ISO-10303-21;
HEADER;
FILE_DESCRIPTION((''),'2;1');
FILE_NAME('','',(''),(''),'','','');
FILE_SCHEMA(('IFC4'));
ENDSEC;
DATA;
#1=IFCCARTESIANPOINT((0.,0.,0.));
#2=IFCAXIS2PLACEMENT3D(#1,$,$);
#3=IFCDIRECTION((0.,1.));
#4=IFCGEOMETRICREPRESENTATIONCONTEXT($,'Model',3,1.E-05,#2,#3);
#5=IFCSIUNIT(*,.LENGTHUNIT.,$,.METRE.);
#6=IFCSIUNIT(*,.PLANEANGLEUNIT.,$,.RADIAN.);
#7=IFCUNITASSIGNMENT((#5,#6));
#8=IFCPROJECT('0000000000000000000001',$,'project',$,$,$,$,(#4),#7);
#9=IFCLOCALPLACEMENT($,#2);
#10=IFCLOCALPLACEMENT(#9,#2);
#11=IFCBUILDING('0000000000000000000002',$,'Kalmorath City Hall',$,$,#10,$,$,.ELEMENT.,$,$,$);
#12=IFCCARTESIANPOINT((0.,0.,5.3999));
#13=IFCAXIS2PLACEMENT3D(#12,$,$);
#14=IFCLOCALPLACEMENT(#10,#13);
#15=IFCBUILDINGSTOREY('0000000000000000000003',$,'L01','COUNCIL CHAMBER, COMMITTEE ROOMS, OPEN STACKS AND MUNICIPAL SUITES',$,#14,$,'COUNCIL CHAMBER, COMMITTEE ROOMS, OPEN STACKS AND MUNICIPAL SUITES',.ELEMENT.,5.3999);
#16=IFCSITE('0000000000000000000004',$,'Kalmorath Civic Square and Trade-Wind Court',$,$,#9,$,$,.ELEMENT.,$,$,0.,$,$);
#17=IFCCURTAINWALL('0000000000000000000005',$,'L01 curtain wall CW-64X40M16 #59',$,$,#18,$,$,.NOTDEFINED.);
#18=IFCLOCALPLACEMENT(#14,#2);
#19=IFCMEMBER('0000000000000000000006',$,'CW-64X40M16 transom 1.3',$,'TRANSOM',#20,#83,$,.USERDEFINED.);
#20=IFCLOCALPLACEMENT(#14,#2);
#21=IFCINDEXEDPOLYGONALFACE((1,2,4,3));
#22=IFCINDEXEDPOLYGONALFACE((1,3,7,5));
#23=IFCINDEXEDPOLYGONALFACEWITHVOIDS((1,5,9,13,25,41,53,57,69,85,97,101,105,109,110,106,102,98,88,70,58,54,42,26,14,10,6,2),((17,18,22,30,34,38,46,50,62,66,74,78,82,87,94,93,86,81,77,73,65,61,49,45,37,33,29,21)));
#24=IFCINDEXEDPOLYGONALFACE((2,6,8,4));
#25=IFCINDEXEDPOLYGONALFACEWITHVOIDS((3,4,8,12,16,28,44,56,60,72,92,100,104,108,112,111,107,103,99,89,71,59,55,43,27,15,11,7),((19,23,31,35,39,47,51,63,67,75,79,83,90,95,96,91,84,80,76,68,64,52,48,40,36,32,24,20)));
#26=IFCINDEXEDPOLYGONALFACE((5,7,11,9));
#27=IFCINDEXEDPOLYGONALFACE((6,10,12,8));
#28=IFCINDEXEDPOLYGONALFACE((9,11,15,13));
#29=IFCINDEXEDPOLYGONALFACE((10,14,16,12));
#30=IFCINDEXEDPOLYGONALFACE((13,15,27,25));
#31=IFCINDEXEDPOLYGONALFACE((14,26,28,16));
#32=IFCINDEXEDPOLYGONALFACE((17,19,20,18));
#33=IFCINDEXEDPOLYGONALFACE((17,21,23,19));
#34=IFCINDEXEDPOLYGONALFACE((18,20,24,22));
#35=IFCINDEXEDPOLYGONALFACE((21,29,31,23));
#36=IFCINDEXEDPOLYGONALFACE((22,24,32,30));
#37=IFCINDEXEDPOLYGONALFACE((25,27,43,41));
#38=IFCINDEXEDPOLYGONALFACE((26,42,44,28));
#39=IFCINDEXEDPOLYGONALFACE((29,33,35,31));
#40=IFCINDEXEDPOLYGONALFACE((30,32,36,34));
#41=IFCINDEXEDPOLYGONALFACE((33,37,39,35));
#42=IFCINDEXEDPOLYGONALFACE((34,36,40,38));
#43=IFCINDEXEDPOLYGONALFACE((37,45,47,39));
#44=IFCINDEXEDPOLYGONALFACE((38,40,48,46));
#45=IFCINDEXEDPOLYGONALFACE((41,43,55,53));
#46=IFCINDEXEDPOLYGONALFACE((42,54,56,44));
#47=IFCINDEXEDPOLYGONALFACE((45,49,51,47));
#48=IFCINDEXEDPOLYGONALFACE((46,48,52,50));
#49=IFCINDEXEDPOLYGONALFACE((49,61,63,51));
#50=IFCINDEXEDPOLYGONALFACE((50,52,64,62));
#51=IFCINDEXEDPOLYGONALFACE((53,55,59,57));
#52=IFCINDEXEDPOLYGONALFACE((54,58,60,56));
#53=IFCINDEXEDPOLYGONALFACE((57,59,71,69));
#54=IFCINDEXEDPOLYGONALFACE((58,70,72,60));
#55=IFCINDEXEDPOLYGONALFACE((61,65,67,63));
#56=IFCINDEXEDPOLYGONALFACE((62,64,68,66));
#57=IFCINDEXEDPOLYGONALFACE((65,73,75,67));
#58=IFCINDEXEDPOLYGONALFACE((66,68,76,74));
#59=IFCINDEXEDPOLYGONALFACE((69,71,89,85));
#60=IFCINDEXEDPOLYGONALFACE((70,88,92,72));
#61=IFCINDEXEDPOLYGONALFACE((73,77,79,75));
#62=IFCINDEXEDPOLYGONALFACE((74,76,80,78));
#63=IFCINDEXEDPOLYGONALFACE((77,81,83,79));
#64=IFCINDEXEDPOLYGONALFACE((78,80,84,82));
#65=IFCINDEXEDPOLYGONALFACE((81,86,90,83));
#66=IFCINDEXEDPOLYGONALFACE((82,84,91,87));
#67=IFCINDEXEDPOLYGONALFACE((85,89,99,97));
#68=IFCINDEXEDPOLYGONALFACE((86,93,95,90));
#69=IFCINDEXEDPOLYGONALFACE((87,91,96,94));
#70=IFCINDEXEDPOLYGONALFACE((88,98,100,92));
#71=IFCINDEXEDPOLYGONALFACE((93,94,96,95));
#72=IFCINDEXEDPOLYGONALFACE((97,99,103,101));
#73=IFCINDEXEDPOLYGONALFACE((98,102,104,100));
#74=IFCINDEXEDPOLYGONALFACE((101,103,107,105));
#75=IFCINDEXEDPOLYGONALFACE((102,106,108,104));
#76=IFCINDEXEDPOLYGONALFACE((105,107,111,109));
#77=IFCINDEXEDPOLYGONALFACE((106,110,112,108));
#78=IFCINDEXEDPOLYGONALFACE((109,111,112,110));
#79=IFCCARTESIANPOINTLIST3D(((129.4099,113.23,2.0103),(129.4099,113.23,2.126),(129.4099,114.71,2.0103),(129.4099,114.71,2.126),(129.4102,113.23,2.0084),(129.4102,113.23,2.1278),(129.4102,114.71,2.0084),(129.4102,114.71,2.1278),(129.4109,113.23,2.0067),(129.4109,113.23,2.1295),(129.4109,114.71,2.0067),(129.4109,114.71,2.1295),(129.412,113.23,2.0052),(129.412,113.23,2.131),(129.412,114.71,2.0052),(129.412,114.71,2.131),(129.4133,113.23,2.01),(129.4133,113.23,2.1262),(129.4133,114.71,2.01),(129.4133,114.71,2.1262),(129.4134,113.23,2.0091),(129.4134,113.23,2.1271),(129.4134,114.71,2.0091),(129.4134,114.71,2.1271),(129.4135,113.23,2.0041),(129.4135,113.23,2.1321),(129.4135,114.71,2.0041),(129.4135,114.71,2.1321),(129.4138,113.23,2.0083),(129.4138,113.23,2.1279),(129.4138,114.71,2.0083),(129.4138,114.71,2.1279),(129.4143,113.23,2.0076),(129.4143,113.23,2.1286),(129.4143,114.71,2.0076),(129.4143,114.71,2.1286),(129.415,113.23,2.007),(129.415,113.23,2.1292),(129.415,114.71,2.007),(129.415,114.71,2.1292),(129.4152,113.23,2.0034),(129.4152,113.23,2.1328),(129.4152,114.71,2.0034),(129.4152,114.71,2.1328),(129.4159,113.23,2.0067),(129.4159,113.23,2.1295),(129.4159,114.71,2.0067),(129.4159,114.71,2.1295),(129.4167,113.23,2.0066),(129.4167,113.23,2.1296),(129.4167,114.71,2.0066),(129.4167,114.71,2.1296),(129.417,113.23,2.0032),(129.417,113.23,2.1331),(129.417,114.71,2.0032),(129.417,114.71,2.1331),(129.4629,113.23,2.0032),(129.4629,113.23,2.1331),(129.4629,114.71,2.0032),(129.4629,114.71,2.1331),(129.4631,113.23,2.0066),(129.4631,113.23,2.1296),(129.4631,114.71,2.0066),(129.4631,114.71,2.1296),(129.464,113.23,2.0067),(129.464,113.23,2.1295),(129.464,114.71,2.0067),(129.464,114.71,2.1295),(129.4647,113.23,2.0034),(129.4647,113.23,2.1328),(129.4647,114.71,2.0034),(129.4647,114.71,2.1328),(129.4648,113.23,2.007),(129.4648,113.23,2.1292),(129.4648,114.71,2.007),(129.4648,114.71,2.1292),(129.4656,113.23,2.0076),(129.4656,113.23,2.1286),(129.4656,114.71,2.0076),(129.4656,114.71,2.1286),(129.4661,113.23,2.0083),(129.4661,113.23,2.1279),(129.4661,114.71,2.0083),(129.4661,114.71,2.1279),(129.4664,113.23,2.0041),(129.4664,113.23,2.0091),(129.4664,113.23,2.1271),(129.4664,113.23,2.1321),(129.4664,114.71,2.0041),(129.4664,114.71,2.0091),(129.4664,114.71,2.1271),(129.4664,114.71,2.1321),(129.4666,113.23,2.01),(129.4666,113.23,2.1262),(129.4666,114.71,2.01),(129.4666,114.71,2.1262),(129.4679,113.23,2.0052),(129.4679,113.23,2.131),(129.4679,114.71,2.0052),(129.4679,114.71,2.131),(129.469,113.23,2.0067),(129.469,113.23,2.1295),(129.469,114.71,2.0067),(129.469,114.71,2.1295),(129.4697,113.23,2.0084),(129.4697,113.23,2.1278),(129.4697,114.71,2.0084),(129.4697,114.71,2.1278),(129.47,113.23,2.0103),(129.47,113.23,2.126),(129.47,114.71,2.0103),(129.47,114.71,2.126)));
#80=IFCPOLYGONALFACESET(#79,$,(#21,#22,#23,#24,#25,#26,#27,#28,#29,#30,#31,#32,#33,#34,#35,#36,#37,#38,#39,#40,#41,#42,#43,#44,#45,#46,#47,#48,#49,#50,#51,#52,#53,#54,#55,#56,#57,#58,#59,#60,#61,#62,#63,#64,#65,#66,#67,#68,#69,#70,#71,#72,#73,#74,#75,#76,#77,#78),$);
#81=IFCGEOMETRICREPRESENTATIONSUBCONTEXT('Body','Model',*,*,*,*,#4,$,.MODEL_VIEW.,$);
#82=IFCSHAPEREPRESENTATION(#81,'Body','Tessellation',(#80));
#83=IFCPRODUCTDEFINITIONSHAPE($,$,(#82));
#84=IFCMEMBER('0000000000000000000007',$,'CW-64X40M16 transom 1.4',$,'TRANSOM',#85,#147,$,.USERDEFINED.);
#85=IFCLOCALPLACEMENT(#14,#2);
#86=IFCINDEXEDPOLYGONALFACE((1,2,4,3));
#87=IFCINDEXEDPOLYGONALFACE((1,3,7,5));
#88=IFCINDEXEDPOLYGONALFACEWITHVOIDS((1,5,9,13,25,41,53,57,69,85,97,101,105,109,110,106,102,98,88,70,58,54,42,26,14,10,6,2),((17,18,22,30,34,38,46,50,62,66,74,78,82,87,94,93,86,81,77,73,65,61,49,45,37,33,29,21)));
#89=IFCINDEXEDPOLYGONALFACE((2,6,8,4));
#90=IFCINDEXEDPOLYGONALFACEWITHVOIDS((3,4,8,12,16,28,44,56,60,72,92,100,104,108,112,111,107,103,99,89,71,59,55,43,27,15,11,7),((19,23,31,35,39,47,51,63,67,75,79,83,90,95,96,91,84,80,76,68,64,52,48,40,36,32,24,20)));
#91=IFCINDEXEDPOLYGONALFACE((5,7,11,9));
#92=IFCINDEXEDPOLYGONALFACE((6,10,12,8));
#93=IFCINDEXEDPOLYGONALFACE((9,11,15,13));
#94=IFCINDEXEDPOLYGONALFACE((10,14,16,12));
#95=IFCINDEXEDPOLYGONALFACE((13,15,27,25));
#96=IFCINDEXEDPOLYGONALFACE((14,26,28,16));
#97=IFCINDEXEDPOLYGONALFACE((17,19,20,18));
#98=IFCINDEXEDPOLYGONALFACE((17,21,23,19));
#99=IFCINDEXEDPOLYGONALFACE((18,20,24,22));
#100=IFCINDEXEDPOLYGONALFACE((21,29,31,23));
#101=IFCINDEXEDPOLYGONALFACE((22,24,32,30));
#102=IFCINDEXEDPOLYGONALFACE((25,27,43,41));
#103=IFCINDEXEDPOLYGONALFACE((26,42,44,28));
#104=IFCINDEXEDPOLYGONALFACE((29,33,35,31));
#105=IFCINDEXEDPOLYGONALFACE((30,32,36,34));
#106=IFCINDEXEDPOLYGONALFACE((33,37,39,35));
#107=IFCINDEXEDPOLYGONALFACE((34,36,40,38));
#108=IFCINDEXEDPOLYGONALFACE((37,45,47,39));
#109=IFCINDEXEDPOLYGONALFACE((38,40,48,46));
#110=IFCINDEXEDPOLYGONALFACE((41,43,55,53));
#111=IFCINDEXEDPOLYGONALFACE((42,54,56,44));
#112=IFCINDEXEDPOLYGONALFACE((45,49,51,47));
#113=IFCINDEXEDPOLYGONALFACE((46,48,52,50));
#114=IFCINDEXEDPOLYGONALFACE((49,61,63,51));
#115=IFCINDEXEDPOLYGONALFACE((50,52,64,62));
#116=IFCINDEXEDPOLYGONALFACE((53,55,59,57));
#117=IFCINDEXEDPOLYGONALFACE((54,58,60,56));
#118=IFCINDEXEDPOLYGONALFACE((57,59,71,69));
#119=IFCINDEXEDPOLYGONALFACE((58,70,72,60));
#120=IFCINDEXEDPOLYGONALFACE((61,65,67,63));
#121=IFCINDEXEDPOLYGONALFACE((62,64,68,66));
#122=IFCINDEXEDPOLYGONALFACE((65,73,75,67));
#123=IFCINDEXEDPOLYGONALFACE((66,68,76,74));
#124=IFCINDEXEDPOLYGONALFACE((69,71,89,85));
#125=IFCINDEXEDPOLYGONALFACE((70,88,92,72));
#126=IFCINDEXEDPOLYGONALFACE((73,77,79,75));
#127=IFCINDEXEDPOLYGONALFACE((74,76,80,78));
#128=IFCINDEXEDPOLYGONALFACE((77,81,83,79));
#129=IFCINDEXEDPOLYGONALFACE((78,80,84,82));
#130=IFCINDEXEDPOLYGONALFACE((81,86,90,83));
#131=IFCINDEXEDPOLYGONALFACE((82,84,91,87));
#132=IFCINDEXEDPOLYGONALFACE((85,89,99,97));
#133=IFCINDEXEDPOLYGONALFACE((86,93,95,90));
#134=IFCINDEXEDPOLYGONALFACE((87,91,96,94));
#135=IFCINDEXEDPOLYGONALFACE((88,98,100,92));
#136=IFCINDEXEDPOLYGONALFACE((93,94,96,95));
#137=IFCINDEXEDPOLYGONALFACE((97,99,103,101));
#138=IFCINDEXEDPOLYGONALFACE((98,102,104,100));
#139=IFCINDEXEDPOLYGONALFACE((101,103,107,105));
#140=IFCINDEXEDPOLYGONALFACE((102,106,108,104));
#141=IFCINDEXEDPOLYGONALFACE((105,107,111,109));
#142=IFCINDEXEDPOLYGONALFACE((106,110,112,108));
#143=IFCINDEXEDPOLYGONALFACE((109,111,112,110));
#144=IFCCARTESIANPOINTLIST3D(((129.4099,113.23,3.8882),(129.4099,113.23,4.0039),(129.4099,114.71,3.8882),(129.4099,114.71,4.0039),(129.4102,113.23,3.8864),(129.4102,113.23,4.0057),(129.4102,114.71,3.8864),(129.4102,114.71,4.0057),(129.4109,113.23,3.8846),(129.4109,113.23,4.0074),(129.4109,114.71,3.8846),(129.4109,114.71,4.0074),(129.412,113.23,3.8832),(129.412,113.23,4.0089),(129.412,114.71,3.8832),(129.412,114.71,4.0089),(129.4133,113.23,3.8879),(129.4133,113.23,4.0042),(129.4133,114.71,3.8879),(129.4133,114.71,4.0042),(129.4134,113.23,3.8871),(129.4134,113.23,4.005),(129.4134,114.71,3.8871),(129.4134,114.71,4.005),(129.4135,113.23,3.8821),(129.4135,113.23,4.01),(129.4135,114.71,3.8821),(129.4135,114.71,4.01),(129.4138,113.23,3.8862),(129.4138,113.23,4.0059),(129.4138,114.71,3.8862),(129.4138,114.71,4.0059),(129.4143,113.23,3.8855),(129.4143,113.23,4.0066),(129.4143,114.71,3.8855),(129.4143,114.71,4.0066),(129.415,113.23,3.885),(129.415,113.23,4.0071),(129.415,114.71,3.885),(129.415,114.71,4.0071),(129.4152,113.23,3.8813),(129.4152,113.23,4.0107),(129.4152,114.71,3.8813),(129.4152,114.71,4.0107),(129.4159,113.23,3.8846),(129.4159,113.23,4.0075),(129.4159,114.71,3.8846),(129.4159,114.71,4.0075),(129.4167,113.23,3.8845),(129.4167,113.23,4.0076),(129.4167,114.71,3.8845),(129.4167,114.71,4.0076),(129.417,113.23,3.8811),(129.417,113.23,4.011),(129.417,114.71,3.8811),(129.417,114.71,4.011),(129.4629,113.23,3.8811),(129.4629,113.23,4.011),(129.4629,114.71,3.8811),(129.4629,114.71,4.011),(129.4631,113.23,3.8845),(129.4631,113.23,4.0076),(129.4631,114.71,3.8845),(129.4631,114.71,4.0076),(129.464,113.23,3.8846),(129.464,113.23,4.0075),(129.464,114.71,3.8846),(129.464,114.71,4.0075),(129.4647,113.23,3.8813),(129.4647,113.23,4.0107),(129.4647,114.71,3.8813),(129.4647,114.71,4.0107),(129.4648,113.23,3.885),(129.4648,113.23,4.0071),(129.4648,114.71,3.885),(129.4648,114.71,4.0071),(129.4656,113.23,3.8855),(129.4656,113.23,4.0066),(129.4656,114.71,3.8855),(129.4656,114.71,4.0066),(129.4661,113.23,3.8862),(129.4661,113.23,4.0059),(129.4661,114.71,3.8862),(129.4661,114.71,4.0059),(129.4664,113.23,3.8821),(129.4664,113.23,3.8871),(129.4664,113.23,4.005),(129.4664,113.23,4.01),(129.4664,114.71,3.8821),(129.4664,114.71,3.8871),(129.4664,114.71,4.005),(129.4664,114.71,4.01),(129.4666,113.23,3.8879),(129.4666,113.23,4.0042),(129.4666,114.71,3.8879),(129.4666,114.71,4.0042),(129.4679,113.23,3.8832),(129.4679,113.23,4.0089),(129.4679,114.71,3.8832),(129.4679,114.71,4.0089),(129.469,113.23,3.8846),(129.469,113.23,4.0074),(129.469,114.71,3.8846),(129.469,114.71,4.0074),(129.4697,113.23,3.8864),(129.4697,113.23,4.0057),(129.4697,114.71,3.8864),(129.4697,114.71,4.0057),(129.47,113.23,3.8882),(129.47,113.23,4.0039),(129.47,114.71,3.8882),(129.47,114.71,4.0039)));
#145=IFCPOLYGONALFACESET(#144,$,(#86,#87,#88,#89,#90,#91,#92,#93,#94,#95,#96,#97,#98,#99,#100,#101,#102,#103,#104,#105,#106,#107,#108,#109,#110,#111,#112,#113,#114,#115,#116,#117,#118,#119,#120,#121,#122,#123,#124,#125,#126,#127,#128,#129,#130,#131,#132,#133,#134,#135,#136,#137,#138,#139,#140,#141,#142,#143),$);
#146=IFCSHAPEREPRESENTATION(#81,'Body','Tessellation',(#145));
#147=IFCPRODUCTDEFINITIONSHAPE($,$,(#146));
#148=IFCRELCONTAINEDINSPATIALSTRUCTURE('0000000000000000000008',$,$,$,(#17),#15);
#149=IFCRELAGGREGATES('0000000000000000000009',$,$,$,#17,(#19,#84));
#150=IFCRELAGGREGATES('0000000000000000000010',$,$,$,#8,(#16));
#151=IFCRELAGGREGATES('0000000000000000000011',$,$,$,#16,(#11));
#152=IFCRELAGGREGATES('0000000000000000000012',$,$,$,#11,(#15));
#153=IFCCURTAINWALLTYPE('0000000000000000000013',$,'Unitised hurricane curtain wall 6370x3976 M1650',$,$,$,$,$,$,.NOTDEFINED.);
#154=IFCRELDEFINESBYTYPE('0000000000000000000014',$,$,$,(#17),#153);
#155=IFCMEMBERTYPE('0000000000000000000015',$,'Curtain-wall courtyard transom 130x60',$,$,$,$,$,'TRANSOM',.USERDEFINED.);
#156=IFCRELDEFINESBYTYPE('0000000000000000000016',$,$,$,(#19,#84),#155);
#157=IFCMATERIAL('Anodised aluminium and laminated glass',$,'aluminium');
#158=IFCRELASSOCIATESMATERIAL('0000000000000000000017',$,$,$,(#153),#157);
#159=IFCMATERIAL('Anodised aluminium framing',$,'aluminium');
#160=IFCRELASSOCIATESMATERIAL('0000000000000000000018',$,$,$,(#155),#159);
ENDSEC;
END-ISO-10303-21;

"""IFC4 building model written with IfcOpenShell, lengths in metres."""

from ifc_helpers import new_model, si_unit, direction, frame, origin, origin_2d, place, context, subcontext, project, spatial, hollow_rectangle, extrude, material, material_profile, profile_set, type_object, element, aggregate, save


model = new_model("IFC4")

# Units and contexts
model_context = context("Model", 3, precision=1e-05, world=origin(), true_north=direction((0.0, 1.0)))
body_context = subcontext(model_context, "Body", "Model", "MODEL_VIEW")
ifc_project = project(units=[si_unit("LENGTHUNIT", "METRE"), si_unit("PLANEANGLEUNIT", "RADIAN")], contexts=[model_context])

# Site, building, storey
site_placement = place(None, origin())
site = spatial("IfcSite", under=ifc_project, at=site_placement, Name="Kalmorath Civic Square and Trade-Wind Court", CompositionType="ELEMENT", RefElevation=0.0)
building_placement = place(site_placement, origin())
building = spatial("IfcBuilding", under=site, at=building_placement, Name="Kalmorath City Hall", CompositionType="ELEMENT")
storey_placement = place(building_placement, frame((0.0, 0.0, 5.3999)))
storey = spatial("IfcBuildingStorey", under=building, at=storey_placement, Name="L01", Description="COUNCIL CHAMBER, COMMITTEE ROOMS, OPEN STACKS AND MUNICIPAL SUITES", LongName="COUNCIL CHAMBER, COMMITTEE ROOMS, OPEN STACKS AND MUNICIPAL SUITES", CompositionType="ELEMENT", Elevation=5.3999)

# Curtain wall, members
ifc_material_1 = material(Name="Anodised aluminium and laminated glass", Category="aluminium")
curtain_wall_type = type_object("IfcCurtainWallType", Name="Unitised hurricane curtain wall 6370x3976 M1650", PredefinedType="NOTDEFINED", material=ifc_material_1)
curtain_wall_placement = place(storey_placement, origin())
curtain_wall = element("IfcCurtainWall", 1, at=curtain_wall_placement, inside=storey, type_object=curtain_wall_type, Name="L01 curtain wall CW-64X40M16 #59", PredefinedType="NOTDEFINED")
ifc_material_2 = material(Name="Anodised aluminium framing", Category="aluminium")
ifc_material_profile_1 = material_profile(ifc_material_2, hollow_rectangle(XDim=0.0601, YDim=0.1299, WallThickness=0.0034, InnerFilletRadius=0.0034, OuterFilletRadius=0.0071, at=origin_2d()), Name="ALU-TRN-130X60X3.5")
ifc_profile_set_1 = profile_set([ifc_material_profile_1], Name="Anodised aluminium framing")
member_type_1 = type_object("IfcMemberType", Name="Curtain-wall courtyard transom 130x60", ElementType="TRANSOM", PredefinedType="USERDEFINED", material=ifc_profile_set_1)
member_1_placement = place(storey_placement, frame((129.4399, 114.71, 2.0681), z_axis=(0.0, -1.0, 0.0), x_axis=(1.0, 0.0, 0.0)))
member_1 = element("IfcMember", 2, at=member_1_placement, type_object=member_type_1, Name="CW-64X40M16 transom 1.3", ObjectType="TRANSOM", PredefinedType="USERDEFINED", context=body_context, shape_type="SweptSolid", body=[
    extrude(hollow_rectangle(XDim=0.0601, YDim=0.1299, WallThickness=0.0034, InnerFilletRadius=0.0034, OuterFilletRadius=0.0071, at=origin_2d()), origin(), (0.0, 0.0, 1.0), 1.48),
])
member_2_placement = place(storey_placement, frame((129.4399, 114.71, 3.946), z_axis=(0.0, -1.0, 0.0), x_axis=(1.0, 0.0, 0.0)))
member_2 = element("IfcMember", 3, at=member_2_placement, type_object=member_type_1, Name="CW-64X40M16 transom 1.4", ObjectType="TRANSOM", PredefinedType="USERDEFINED", context=body_context, shape_type="SweptSolid", body=[
    extrude(hollow_rectangle(XDim=0.0601, YDim=0.1299, WallThickness=0.0034, InnerFilletRadius=0.0034, OuterFilletRadius=0.0071, at=origin_2d()), origin(), (0.0, 0.0, 1.0), 1.48),
])

aggregate(curtain_wall, [member_1, member_2])

save(model, "model.ifc")
